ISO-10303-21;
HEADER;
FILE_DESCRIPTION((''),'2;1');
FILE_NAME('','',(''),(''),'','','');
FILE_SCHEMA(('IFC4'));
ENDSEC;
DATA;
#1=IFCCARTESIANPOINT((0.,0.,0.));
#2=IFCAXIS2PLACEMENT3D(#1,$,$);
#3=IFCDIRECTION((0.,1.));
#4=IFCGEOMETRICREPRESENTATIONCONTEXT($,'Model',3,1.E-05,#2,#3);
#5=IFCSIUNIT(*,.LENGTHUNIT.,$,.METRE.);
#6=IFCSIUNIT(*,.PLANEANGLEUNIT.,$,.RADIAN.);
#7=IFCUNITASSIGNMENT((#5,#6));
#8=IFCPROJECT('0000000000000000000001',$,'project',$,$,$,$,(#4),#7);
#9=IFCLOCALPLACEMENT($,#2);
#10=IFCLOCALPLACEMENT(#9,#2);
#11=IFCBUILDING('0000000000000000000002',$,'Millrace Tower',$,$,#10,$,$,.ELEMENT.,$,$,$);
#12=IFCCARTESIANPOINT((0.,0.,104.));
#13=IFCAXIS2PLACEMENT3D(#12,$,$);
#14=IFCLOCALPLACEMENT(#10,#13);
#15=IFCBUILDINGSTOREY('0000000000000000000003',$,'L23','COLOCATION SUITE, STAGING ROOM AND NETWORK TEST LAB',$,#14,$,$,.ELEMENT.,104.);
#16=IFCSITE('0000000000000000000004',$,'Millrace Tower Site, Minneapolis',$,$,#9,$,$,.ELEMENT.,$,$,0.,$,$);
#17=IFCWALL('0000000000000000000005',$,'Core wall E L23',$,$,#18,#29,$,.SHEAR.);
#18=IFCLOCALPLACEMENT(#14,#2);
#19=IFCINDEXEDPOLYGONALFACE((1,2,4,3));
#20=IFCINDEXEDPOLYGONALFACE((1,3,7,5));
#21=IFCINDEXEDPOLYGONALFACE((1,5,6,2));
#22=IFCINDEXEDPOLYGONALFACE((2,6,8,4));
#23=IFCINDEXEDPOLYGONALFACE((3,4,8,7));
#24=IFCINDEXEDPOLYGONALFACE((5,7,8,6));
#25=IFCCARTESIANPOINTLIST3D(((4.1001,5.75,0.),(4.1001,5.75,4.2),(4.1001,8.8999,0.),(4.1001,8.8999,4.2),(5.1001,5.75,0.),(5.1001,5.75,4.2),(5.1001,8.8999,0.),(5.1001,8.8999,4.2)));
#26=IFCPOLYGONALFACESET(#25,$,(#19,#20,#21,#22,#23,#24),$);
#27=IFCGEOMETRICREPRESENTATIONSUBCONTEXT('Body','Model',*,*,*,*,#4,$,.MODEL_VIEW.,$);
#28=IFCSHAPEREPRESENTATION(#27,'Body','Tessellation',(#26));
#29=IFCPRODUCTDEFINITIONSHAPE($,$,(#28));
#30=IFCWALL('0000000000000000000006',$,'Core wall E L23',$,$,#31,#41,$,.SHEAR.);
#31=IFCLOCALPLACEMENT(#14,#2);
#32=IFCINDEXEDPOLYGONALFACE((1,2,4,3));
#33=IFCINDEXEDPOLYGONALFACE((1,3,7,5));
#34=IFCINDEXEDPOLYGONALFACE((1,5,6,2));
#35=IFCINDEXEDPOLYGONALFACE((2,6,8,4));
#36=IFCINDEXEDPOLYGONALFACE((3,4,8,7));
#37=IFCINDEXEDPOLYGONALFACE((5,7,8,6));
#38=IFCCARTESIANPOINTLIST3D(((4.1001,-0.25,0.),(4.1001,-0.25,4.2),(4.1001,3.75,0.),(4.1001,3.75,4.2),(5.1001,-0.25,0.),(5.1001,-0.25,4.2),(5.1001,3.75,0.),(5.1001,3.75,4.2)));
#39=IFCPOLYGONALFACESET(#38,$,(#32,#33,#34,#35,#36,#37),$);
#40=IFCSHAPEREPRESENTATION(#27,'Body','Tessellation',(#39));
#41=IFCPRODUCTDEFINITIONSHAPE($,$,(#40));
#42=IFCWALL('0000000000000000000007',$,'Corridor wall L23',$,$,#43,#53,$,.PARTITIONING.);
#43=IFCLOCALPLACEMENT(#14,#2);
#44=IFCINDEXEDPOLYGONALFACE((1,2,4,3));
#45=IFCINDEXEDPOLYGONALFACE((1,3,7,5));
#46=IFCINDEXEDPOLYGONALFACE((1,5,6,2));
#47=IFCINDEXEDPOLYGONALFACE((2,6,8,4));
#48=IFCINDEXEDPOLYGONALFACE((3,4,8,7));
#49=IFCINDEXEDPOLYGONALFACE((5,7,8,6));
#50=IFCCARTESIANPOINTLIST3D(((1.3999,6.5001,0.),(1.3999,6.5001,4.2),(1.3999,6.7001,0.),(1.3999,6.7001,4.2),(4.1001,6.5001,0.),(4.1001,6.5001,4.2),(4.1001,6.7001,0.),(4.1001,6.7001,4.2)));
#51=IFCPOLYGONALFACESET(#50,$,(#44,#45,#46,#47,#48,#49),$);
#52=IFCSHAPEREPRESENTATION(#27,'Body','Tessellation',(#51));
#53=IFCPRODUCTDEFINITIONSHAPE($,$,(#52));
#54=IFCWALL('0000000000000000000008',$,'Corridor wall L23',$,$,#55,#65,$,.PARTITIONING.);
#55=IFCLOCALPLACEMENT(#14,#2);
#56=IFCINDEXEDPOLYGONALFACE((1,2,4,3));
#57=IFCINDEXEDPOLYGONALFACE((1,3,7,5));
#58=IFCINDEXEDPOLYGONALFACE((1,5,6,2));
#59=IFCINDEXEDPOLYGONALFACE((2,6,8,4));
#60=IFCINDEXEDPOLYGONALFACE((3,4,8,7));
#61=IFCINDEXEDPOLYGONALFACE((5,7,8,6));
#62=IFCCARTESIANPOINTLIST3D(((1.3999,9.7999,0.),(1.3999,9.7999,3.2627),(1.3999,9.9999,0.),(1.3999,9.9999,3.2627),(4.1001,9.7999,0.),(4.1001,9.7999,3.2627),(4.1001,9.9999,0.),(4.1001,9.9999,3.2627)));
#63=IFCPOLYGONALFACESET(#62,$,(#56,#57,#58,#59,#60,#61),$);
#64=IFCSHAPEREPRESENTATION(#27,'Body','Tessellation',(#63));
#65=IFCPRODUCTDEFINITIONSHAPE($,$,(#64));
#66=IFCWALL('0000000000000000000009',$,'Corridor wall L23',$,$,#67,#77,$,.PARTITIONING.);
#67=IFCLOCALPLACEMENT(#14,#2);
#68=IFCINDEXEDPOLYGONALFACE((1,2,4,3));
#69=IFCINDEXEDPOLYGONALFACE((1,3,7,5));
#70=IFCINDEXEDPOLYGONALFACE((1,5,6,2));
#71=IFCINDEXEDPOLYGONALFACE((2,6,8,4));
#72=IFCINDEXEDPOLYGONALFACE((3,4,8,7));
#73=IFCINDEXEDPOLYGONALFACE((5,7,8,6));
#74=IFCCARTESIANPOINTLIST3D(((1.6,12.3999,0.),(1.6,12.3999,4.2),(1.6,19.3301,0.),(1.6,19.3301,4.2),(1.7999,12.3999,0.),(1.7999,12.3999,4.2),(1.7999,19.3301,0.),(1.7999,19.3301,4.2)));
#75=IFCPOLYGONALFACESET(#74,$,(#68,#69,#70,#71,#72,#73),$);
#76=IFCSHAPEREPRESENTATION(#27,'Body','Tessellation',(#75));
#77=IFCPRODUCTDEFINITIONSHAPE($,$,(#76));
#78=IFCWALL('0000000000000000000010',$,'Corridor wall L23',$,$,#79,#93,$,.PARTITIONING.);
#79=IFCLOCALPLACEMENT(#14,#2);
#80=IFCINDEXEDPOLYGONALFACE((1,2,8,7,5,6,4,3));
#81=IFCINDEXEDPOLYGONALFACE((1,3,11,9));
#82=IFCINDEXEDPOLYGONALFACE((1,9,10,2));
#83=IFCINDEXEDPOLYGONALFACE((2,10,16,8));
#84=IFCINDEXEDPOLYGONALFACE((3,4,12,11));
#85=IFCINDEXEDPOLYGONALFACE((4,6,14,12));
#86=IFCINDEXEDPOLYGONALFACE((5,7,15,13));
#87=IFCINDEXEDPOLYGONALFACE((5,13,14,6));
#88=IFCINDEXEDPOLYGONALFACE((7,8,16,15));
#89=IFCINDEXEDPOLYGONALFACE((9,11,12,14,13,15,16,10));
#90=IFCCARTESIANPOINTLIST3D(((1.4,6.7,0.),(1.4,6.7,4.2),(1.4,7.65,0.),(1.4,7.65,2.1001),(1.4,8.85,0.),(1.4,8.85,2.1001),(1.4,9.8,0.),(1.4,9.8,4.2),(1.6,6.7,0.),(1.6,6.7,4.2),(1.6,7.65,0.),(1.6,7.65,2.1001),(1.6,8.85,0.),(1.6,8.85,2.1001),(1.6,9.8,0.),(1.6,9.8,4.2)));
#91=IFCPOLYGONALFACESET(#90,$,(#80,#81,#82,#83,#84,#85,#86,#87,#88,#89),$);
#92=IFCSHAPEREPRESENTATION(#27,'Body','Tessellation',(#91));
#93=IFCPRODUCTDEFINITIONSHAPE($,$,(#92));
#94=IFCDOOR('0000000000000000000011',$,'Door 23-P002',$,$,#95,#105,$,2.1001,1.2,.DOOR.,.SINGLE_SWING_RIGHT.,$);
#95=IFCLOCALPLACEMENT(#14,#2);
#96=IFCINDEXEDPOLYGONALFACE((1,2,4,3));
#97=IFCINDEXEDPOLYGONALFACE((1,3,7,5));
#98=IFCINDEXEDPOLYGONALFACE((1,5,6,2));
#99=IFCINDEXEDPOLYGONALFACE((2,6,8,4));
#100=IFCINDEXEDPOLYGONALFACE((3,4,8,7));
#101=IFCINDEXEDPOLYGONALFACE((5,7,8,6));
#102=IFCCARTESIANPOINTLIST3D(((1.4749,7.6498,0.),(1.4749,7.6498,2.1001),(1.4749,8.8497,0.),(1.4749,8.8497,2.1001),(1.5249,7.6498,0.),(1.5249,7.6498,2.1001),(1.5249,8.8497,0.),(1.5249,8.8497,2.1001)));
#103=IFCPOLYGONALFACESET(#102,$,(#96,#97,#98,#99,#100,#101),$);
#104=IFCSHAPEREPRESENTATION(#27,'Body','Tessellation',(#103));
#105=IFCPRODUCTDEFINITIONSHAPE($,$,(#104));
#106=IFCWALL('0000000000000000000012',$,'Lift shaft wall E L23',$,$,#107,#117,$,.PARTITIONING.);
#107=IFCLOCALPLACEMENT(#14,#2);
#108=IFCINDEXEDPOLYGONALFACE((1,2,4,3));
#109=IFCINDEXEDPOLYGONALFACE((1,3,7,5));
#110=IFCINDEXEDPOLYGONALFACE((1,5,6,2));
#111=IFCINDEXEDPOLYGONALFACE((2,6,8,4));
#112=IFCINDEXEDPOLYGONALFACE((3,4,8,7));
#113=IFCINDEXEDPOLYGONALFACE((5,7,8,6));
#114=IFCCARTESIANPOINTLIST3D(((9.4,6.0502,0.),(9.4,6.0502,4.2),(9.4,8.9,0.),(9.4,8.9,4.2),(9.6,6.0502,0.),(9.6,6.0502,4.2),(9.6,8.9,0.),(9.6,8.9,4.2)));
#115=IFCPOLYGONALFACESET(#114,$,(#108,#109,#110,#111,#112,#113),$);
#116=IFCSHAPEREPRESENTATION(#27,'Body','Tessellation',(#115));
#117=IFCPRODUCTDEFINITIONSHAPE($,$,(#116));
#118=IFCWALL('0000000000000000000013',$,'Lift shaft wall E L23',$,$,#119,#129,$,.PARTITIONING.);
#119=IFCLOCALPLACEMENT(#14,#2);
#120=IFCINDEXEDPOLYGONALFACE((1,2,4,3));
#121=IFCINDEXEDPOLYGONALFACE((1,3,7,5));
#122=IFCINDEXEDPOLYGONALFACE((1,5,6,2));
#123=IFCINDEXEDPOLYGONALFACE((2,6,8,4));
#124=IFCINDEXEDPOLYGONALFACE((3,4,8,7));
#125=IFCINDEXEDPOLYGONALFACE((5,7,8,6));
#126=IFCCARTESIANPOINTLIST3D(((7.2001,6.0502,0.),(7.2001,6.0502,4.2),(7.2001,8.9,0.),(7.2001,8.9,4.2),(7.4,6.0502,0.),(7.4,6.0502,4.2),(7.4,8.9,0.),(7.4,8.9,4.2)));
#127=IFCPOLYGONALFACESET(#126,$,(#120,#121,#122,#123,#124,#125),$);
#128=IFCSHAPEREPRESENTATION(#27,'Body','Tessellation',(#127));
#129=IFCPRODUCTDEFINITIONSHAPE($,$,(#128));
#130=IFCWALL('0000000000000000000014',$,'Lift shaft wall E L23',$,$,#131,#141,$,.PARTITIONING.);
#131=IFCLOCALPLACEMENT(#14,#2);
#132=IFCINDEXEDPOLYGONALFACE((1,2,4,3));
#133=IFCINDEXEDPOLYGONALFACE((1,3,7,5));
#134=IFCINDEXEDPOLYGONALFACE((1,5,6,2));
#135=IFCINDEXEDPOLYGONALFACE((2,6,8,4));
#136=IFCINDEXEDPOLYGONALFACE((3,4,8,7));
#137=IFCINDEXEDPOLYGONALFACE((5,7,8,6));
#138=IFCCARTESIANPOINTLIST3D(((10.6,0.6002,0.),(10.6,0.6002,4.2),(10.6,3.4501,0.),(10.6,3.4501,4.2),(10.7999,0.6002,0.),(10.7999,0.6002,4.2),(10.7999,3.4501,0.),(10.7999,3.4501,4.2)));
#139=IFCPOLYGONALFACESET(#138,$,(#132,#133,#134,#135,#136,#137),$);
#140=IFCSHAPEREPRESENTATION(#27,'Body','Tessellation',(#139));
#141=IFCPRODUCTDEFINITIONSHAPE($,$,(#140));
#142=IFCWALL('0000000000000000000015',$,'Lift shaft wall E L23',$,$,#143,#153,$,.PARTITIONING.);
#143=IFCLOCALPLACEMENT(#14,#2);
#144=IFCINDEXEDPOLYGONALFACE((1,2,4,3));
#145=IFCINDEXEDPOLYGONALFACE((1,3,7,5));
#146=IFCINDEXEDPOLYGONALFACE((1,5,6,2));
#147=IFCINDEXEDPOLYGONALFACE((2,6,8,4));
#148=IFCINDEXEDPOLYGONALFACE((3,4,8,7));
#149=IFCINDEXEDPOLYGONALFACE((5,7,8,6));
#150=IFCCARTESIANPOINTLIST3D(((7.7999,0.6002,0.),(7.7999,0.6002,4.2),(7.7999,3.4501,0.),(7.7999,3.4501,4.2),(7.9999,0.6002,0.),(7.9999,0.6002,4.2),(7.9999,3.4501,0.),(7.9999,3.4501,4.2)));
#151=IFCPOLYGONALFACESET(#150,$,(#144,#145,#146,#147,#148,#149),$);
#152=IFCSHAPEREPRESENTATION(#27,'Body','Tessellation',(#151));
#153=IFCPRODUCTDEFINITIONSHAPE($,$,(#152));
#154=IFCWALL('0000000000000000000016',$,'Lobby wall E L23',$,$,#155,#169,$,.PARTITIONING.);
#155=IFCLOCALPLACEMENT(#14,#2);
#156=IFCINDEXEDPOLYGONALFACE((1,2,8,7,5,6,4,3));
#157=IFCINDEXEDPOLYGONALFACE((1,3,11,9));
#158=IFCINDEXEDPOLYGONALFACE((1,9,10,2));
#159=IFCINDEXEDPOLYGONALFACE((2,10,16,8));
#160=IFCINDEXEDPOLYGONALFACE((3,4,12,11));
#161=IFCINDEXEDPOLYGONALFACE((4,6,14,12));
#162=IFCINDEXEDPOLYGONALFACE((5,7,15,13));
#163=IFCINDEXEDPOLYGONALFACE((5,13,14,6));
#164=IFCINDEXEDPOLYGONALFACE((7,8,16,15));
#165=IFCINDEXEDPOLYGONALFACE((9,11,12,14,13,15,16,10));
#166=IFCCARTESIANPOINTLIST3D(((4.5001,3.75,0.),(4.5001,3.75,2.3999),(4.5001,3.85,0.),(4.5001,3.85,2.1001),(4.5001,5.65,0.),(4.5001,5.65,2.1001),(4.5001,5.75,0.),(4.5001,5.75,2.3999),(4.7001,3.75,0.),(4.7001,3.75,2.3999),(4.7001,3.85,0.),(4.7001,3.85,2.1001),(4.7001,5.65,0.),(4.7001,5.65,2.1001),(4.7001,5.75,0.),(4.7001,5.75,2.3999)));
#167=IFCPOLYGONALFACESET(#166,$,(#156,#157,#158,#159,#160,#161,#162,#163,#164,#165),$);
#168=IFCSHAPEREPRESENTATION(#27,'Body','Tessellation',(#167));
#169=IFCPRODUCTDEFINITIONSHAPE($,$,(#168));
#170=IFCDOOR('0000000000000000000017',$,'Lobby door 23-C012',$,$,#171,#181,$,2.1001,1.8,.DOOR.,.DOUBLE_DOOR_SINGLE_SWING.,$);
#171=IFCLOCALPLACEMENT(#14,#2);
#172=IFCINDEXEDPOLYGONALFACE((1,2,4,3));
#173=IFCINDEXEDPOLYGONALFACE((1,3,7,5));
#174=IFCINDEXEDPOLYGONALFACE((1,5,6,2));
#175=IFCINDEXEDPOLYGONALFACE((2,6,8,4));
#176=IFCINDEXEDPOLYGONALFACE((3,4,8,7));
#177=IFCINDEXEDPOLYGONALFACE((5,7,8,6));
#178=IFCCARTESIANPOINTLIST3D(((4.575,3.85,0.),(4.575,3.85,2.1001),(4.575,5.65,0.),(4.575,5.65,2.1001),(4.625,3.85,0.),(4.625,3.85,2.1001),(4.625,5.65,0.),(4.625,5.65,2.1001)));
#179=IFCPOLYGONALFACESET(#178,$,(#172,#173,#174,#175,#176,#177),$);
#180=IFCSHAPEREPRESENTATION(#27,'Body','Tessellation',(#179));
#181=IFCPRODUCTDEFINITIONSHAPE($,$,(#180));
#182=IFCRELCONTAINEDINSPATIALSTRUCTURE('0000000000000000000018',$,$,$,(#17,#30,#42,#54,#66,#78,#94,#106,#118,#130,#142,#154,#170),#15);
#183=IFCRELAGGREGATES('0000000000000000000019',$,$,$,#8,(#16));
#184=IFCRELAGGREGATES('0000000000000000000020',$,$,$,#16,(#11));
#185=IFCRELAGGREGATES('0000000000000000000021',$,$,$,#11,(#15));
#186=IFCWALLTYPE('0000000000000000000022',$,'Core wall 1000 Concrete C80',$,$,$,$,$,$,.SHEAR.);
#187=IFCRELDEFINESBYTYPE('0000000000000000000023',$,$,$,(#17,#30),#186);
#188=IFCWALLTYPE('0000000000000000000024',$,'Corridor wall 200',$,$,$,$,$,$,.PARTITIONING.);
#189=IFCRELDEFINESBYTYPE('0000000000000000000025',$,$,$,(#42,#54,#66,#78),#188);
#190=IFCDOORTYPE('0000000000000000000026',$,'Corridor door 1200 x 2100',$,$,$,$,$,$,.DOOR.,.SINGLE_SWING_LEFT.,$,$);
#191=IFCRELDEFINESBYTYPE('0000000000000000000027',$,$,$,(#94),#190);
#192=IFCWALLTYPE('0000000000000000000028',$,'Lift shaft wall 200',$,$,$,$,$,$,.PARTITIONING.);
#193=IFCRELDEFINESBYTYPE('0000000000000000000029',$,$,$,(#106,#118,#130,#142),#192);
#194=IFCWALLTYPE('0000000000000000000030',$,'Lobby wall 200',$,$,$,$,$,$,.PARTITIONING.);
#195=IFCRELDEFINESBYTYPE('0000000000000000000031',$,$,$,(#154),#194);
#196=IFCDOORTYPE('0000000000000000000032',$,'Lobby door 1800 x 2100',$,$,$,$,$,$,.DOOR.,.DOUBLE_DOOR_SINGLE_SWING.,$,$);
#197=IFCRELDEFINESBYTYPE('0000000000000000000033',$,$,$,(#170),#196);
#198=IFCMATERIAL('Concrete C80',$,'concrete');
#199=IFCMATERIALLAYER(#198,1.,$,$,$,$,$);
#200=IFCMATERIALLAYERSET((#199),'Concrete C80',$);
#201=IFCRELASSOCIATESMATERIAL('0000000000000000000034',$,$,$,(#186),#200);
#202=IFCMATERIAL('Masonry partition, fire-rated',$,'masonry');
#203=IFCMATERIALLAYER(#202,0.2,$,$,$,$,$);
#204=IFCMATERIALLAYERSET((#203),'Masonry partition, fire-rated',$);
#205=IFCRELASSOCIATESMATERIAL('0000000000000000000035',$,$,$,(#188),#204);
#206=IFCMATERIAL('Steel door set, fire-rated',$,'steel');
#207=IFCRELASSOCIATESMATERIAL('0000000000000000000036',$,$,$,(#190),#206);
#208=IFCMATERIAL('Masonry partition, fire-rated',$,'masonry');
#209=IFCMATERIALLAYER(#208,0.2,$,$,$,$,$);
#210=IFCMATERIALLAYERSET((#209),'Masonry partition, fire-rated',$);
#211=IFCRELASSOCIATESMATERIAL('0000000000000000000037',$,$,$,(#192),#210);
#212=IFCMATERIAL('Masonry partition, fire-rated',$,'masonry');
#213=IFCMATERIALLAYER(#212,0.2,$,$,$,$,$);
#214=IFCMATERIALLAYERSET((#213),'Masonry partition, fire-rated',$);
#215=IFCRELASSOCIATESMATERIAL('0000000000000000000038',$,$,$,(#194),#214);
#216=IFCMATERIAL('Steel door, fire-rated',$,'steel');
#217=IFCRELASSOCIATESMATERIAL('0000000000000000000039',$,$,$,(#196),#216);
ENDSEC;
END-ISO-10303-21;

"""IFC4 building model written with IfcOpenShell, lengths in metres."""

from ifc_helpers import new_model, si_unit, direction, frame, frame_2d, origin, place, context, subcontext, project, spatial, rectangle, extrude, material, layer, layer_set, type_object, element, fill, save


model = new_model("IFC4")

# Units and contexts
model_context = context("Model", 3, precision=1e-05, world=origin(), true_north=direction((0.0, 1.0)))
body_context = subcontext(model_context, "Body", "Model", "MODEL_VIEW")
ifc_project = project(units=[si_unit("LENGTHUNIT", "METRE"), si_unit("PLANEANGLEUNIT", "RADIAN")], contexts=[model_context])

# Site, building, storey
site_placement = place(None, origin())
site = spatial("IfcSite", under=ifc_project, at=site_placement, Name="Millrace Tower Site, Minneapolis", CompositionType="ELEMENT", RefElevation=0.0)
building_placement = place(site_placement, origin())
building = spatial("IfcBuilding", under=site, at=building_placement, Name="Millrace Tower", CompositionType="ELEMENT")
storey_placement = place(building_placement, frame((0.0, 0.0, 104.0)))
storey = spatial("IfcBuildingStorey", under=building, at=storey_placement, Name="L23", Description="COLOCATION SUITE, STAGING ROOM AND NETWORK TEST LAB", CompositionType="ELEMENT", Elevation=104.0)

# Walls
ifc_material_1 = material(Name="Concrete C80", Category="concrete")
ifc_layer_1 = layer(ifc_material_1, 1.0)
ifc_layer_set_1 = layer_set([ifc_layer_1], Name="Concrete C80")
wall_type_1 = type_object("IfcWallType", Name="Core wall 1000 Concrete C80", PredefinedType="SHEAR", material=ifc_layer_set_1)
wall_1_placement = place(storey_placement, frame((4.6001, 8.8999, 0.0), z_axis=(0.0, 0.0, 1.0), x_axis=(0.0, -1.0, 0.0)))
element("IfcWall", 1, at=wall_1_placement, inside=storey, type_object=wall_type_1, Name="Core wall E L23", PredefinedType="SHEAR", context=body_context, shape_type="SweptSolid", body=[
    extrude(rectangle(XDim=3.1499, YDim=1.0, at=frame_2d((1.575, 0.0))), origin(), (0.0, 0.0, 1.0), 4.2),
])
wall_2_placement = place(storey_placement, frame((4.6001, 3.75, 0.0), z_axis=(0.0, 0.0, 1.0), x_axis=(0.0, -1.0, 0.0)))
element("IfcWall", 2, at=wall_2_placement, inside=storey, type_object=wall_type_1, Name="Core wall E L23", PredefinedType="SHEAR", context=body_context, shape_type="SweptSolid", body=[
    extrude(rectangle(XDim=4.0, YDim=1.0, at=frame_2d((2.0, 0.0))), origin(), (0.0, 0.0, 1.0), 4.2),
])
ifc_material_2 = material(Name="Masonry partition, fire-rated", Category="masonry")
ifc_layer_2 = layer(ifc_material_2, 0.2)
ifc_layer_set_2 = layer_set([ifc_layer_2], Name="Masonry partition, fire-rated")
wall_type_2 = type_object("IfcWallType", Name="Corridor wall 200", PredefinedType="PARTITIONING", material=ifc_layer_set_2)
wall_3_placement = place(storey_placement, frame((1.3999, 6.6001, 0.0), z_axis=(0.0, 0.0, 1.0), x_axis=(1.0, 0.0, 0.0)))
element("IfcWall", 3, at=wall_3_placement, inside=storey, type_object=wall_type_2, Name="Corridor wall L23", PredefinedType="PARTITIONING", context=body_context, shape_type="SweptSolid", body=[
    extrude(rectangle(XDim=2.7002, YDim=0.2, at=frame_2d((1.3501, 0.0))), origin(), (0.0, 0.0, 1.0), 4.2),
])
wall_4_placement = place(storey_placement, frame((1.3999, 9.8999, 0.0), z_axis=(0.0, 0.0, 1.0), x_axis=(1.0, 0.0, 0.0)))
element("IfcWall", 4, at=wall_4_placement, inside=storey, type_object=wall_type_2, Name="Corridor wall L23", PredefinedType="PARTITIONING", context=body_context, shape_type="SweptSolid", body=[
    extrude(rectangle(XDim=2.7002, YDim=0.2, at=frame_2d((1.3501, 0.0))), origin(), (0.0, 0.0, 1.0), 3.2627),
])
wall_5_placement = place(storey_placement, frame((1.7, 12.3999, 0.0), z_axis=(0.0, 0.0, 1.0), x_axis=(0.0, 1.0, 0.0)))
element("IfcWall", 5, at=wall_5_placement, inside=storey, type_object=wall_type_2, Name="Corridor wall L23", PredefinedType="PARTITIONING", context=body_context, shape_type="SweptSolid", body=[
    extrude(rectangle(XDim=6.9302, YDim=0.2, at=frame_2d((3.4651, 0.0))), origin(), (0.0, 0.0, 1.0), 4.2),
])

# Wall, opening, door
wall_6_placement = place(storey_placement, frame((1.5, 6.7, 0.0), z_axis=(0.0, 0.0, 1.0), x_axis=(0.0, 1.0, 0.0)))
wall_6 = element("IfcWall", 6, at=wall_6_placement, inside=storey, type_object=wall_type_2, Name="Corridor wall L23", PredefinedType="PARTITIONING", context=body_context, shape_type="SweptSolid", body=[
    extrude(rectangle(XDim=3.1001, YDim=0.2, at=frame_2d((1.55, 0.0))), origin(), (0.0, 0.0, 1.0), 4.2),
])
opening_1_placement = place(wall_6_placement, frame((0.95, 0.0, 0.0)))
opening_1 = element("IfcOpeningElement", 7, at=opening_1_placement, cuts=wall_6, PredefinedType="OPENING", context=body_context, shape_type="SweptSolid", body=[
    extrude(rectangle(XDim=1.2, YDim=2.1001, at=frame_2d((0.6001, 1.05))), frame((0.0, 0.1099, 0.0), z_axis=(0.0, -1.0, 0.0), x_axis=(1.0, 0.0, 0.0)), (0.0, 0.0, 1.0), 0.22),
])
ifc_material_3 = material(Name="Steel door set, fire-rated", Category="steel")
door_type_1 = type_object("IfcDoorType", Name="Corridor door 1200 x 2100", OperationType="SINGLE_SWING_LEFT", PredefinedType="DOOR", material=ifc_material_3)
door_1_placement = place(opening_1_placement, frame((1.2, 0.0, 0.0), z_axis=(0.0, 0.0, 1.0), x_axis=(-1.0, 0.0, 0.0)))
door_1 = element("IfcDoor", 8, at=door_1_placement, inside=storey, type_object=door_type_1, Name="Door 23-P002", OperationType="SINGLE_SWING_RIGHT", OverallHeight=2.1001, OverallWidth=1.2, PredefinedType="DOOR", context=body_context, shape_type="SweptSolid", body=[
    extrude(rectangle(XDim=1.2, YDim=2.1001, at=frame_2d((0.6001, 1.05))), frame((0.0, 0.0249, 0.0), z_axis=(0.0, -1.0, 0.0), x_axis=(1.0, 0.0, 0.0)), (0.0, 0.0, 1.0), 0.05),
])
fill(opening_1, door_1)

# Walls
ifc_material_4 = material(Name="Masonry partition, fire-rated", Category="masonry")
ifc_layer_3 = layer(ifc_material_4, 0.2)
ifc_layer_set_3 = layer_set([ifc_layer_3], Name="Masonry partition, fire-rated")
wall_type_3 = type_object("IfcWallType", Name="Lift shaft wall 200", PredefinedType="PARTITIONING", material=ifc_layer_set_3)
for number, where, z_axis, x_axis, name in (
    (9, (9.5, 8.8999, 0.0), (0.0, 0.0, 1.0), (0.0, -1.0, 0.0), "Lift shaft wall E L23"),
    (10, (7.3, 8.8999, 0.0), (0.0, 0.0, 1.0), (0.0, -1.0, 0.0), "Lift shaft wall E L23"),
    (11, (10.7, 3.45, 0.0), (0.0, 0.0, 1.0), (0.0, -1.0, 0.0), "Lift shaft wall E L23"),
    (12, (7.8999, 3.45, 0.0), (0.0, 0.0, 1.0), (0.0, -1.0, 0.0), "Lift shaft wall E L23"),
):
    element("IfcWall", number, at=place(storey_placement, frame(where, z_axis=z_axis, x_axis=x_axis)), inside=storey, type_object=wall_type_3, Name=name, PredefinedType="PARTITIONING", context=body_context, shape_type="SweptSolid", body=[
        extrude(rectangle(XDim=2.8499, YDim=0.2, at=frame_2d((1.4248, 0.0))), origin(), (0.0, 0.0, 1.0), 4.2),
    ])

# Wall, opening, door
ifc_material_5 = material(Name="Masonry partition, fire-rated", Category="masonry")
ifc_layer_4 = layer(ifc_material_5, 0.2)
ifc_layer_set_4 = layer_set([ifc_layer_4], Name="Masonry partition, fire-rated")
wall_type_4 = type_object("IfcWallType", Name="Lobby wall 200", PredefinedType="PARTITIONING", material=ifc_layer_set_4)
wall_7_placement = place(storey_placement, frame((4.6001, 5.75, 0.0), z_axis=(0.0, 0.0, 1.0), x_axis=(0.0, -1.0, 0.0)))
wall_7 = element("IfcWall", 13, at=wall_7_placement, inside=storey, type_object=wall_type_4, Name="Lobby wall E L23", PredefinedType="PARTITIONING", context=body_context, shape_type="SweptSolid", body=[
    extrude(rectangle(XDim=2.0, YDim=0.2, at=frame_2d((1.0, 0.0))), origin(), (0.0, 0.0, 1.0), 2.3999),
])
opening_2_placement = place(wall_7_placement, frame((0.1001, 0.0, 0.0)))
opening_2 = element("IfcOpeningElement", 14, at=opening_2_placement, cuts=wall_7, PredefinedType="OPENING", context=body_context, shape_type="SweptSolid", body=[
    extrude(rectangle(XDim=1.8, YDim=2.1001, at=frame_2d((0.8999, 1.05))), frame((0.0, 0.1099, 0.0), z_axis=(0.0, -1.0, 0.0), x_axis=(1.0, 0.0, 0.0)), (0.0, 0.0, 1.0), 0.22),
])
ifc_material_6 = material(Name="Steel door, fire-rated", Category="steel")
door_type_2 = type_object("IfcDoorType", Name="Lobby door 1800 x 2100", OperationType="DOUBLE_DOOR_SINGLE_SWING", PredefinedType="DOOR", material=ifc_material_6)
door_2_placement = place(opening_2_placement, origin())
door_2 = element("IfcDoor", 15, at=door_2_placement, inside=storey, type_object=door_type_2, Name="Lobby door 23-C012", OperationType="DOUBLE_DOOR_SINGLE_SWING", OverallHeight=2.1001, OverallWidth=1.8, PredefinedType="DOOR", context=body_context, shape_type="SweptSolid", body=[
    extrude(rectangle(XDim=1.8, YDim=2.1001, at=frame_2d((0.8999, 1.05))), frame((0.0, 0.0249, 0.0), z_axis=(0.0, -1.0, 0.0), x_axis=(1.0, 0.0, 0.0)), (0.0, 0.0, 1.0), 0.05),
])
fill(opening_2, door_2)

save(model, "model.ifc")
